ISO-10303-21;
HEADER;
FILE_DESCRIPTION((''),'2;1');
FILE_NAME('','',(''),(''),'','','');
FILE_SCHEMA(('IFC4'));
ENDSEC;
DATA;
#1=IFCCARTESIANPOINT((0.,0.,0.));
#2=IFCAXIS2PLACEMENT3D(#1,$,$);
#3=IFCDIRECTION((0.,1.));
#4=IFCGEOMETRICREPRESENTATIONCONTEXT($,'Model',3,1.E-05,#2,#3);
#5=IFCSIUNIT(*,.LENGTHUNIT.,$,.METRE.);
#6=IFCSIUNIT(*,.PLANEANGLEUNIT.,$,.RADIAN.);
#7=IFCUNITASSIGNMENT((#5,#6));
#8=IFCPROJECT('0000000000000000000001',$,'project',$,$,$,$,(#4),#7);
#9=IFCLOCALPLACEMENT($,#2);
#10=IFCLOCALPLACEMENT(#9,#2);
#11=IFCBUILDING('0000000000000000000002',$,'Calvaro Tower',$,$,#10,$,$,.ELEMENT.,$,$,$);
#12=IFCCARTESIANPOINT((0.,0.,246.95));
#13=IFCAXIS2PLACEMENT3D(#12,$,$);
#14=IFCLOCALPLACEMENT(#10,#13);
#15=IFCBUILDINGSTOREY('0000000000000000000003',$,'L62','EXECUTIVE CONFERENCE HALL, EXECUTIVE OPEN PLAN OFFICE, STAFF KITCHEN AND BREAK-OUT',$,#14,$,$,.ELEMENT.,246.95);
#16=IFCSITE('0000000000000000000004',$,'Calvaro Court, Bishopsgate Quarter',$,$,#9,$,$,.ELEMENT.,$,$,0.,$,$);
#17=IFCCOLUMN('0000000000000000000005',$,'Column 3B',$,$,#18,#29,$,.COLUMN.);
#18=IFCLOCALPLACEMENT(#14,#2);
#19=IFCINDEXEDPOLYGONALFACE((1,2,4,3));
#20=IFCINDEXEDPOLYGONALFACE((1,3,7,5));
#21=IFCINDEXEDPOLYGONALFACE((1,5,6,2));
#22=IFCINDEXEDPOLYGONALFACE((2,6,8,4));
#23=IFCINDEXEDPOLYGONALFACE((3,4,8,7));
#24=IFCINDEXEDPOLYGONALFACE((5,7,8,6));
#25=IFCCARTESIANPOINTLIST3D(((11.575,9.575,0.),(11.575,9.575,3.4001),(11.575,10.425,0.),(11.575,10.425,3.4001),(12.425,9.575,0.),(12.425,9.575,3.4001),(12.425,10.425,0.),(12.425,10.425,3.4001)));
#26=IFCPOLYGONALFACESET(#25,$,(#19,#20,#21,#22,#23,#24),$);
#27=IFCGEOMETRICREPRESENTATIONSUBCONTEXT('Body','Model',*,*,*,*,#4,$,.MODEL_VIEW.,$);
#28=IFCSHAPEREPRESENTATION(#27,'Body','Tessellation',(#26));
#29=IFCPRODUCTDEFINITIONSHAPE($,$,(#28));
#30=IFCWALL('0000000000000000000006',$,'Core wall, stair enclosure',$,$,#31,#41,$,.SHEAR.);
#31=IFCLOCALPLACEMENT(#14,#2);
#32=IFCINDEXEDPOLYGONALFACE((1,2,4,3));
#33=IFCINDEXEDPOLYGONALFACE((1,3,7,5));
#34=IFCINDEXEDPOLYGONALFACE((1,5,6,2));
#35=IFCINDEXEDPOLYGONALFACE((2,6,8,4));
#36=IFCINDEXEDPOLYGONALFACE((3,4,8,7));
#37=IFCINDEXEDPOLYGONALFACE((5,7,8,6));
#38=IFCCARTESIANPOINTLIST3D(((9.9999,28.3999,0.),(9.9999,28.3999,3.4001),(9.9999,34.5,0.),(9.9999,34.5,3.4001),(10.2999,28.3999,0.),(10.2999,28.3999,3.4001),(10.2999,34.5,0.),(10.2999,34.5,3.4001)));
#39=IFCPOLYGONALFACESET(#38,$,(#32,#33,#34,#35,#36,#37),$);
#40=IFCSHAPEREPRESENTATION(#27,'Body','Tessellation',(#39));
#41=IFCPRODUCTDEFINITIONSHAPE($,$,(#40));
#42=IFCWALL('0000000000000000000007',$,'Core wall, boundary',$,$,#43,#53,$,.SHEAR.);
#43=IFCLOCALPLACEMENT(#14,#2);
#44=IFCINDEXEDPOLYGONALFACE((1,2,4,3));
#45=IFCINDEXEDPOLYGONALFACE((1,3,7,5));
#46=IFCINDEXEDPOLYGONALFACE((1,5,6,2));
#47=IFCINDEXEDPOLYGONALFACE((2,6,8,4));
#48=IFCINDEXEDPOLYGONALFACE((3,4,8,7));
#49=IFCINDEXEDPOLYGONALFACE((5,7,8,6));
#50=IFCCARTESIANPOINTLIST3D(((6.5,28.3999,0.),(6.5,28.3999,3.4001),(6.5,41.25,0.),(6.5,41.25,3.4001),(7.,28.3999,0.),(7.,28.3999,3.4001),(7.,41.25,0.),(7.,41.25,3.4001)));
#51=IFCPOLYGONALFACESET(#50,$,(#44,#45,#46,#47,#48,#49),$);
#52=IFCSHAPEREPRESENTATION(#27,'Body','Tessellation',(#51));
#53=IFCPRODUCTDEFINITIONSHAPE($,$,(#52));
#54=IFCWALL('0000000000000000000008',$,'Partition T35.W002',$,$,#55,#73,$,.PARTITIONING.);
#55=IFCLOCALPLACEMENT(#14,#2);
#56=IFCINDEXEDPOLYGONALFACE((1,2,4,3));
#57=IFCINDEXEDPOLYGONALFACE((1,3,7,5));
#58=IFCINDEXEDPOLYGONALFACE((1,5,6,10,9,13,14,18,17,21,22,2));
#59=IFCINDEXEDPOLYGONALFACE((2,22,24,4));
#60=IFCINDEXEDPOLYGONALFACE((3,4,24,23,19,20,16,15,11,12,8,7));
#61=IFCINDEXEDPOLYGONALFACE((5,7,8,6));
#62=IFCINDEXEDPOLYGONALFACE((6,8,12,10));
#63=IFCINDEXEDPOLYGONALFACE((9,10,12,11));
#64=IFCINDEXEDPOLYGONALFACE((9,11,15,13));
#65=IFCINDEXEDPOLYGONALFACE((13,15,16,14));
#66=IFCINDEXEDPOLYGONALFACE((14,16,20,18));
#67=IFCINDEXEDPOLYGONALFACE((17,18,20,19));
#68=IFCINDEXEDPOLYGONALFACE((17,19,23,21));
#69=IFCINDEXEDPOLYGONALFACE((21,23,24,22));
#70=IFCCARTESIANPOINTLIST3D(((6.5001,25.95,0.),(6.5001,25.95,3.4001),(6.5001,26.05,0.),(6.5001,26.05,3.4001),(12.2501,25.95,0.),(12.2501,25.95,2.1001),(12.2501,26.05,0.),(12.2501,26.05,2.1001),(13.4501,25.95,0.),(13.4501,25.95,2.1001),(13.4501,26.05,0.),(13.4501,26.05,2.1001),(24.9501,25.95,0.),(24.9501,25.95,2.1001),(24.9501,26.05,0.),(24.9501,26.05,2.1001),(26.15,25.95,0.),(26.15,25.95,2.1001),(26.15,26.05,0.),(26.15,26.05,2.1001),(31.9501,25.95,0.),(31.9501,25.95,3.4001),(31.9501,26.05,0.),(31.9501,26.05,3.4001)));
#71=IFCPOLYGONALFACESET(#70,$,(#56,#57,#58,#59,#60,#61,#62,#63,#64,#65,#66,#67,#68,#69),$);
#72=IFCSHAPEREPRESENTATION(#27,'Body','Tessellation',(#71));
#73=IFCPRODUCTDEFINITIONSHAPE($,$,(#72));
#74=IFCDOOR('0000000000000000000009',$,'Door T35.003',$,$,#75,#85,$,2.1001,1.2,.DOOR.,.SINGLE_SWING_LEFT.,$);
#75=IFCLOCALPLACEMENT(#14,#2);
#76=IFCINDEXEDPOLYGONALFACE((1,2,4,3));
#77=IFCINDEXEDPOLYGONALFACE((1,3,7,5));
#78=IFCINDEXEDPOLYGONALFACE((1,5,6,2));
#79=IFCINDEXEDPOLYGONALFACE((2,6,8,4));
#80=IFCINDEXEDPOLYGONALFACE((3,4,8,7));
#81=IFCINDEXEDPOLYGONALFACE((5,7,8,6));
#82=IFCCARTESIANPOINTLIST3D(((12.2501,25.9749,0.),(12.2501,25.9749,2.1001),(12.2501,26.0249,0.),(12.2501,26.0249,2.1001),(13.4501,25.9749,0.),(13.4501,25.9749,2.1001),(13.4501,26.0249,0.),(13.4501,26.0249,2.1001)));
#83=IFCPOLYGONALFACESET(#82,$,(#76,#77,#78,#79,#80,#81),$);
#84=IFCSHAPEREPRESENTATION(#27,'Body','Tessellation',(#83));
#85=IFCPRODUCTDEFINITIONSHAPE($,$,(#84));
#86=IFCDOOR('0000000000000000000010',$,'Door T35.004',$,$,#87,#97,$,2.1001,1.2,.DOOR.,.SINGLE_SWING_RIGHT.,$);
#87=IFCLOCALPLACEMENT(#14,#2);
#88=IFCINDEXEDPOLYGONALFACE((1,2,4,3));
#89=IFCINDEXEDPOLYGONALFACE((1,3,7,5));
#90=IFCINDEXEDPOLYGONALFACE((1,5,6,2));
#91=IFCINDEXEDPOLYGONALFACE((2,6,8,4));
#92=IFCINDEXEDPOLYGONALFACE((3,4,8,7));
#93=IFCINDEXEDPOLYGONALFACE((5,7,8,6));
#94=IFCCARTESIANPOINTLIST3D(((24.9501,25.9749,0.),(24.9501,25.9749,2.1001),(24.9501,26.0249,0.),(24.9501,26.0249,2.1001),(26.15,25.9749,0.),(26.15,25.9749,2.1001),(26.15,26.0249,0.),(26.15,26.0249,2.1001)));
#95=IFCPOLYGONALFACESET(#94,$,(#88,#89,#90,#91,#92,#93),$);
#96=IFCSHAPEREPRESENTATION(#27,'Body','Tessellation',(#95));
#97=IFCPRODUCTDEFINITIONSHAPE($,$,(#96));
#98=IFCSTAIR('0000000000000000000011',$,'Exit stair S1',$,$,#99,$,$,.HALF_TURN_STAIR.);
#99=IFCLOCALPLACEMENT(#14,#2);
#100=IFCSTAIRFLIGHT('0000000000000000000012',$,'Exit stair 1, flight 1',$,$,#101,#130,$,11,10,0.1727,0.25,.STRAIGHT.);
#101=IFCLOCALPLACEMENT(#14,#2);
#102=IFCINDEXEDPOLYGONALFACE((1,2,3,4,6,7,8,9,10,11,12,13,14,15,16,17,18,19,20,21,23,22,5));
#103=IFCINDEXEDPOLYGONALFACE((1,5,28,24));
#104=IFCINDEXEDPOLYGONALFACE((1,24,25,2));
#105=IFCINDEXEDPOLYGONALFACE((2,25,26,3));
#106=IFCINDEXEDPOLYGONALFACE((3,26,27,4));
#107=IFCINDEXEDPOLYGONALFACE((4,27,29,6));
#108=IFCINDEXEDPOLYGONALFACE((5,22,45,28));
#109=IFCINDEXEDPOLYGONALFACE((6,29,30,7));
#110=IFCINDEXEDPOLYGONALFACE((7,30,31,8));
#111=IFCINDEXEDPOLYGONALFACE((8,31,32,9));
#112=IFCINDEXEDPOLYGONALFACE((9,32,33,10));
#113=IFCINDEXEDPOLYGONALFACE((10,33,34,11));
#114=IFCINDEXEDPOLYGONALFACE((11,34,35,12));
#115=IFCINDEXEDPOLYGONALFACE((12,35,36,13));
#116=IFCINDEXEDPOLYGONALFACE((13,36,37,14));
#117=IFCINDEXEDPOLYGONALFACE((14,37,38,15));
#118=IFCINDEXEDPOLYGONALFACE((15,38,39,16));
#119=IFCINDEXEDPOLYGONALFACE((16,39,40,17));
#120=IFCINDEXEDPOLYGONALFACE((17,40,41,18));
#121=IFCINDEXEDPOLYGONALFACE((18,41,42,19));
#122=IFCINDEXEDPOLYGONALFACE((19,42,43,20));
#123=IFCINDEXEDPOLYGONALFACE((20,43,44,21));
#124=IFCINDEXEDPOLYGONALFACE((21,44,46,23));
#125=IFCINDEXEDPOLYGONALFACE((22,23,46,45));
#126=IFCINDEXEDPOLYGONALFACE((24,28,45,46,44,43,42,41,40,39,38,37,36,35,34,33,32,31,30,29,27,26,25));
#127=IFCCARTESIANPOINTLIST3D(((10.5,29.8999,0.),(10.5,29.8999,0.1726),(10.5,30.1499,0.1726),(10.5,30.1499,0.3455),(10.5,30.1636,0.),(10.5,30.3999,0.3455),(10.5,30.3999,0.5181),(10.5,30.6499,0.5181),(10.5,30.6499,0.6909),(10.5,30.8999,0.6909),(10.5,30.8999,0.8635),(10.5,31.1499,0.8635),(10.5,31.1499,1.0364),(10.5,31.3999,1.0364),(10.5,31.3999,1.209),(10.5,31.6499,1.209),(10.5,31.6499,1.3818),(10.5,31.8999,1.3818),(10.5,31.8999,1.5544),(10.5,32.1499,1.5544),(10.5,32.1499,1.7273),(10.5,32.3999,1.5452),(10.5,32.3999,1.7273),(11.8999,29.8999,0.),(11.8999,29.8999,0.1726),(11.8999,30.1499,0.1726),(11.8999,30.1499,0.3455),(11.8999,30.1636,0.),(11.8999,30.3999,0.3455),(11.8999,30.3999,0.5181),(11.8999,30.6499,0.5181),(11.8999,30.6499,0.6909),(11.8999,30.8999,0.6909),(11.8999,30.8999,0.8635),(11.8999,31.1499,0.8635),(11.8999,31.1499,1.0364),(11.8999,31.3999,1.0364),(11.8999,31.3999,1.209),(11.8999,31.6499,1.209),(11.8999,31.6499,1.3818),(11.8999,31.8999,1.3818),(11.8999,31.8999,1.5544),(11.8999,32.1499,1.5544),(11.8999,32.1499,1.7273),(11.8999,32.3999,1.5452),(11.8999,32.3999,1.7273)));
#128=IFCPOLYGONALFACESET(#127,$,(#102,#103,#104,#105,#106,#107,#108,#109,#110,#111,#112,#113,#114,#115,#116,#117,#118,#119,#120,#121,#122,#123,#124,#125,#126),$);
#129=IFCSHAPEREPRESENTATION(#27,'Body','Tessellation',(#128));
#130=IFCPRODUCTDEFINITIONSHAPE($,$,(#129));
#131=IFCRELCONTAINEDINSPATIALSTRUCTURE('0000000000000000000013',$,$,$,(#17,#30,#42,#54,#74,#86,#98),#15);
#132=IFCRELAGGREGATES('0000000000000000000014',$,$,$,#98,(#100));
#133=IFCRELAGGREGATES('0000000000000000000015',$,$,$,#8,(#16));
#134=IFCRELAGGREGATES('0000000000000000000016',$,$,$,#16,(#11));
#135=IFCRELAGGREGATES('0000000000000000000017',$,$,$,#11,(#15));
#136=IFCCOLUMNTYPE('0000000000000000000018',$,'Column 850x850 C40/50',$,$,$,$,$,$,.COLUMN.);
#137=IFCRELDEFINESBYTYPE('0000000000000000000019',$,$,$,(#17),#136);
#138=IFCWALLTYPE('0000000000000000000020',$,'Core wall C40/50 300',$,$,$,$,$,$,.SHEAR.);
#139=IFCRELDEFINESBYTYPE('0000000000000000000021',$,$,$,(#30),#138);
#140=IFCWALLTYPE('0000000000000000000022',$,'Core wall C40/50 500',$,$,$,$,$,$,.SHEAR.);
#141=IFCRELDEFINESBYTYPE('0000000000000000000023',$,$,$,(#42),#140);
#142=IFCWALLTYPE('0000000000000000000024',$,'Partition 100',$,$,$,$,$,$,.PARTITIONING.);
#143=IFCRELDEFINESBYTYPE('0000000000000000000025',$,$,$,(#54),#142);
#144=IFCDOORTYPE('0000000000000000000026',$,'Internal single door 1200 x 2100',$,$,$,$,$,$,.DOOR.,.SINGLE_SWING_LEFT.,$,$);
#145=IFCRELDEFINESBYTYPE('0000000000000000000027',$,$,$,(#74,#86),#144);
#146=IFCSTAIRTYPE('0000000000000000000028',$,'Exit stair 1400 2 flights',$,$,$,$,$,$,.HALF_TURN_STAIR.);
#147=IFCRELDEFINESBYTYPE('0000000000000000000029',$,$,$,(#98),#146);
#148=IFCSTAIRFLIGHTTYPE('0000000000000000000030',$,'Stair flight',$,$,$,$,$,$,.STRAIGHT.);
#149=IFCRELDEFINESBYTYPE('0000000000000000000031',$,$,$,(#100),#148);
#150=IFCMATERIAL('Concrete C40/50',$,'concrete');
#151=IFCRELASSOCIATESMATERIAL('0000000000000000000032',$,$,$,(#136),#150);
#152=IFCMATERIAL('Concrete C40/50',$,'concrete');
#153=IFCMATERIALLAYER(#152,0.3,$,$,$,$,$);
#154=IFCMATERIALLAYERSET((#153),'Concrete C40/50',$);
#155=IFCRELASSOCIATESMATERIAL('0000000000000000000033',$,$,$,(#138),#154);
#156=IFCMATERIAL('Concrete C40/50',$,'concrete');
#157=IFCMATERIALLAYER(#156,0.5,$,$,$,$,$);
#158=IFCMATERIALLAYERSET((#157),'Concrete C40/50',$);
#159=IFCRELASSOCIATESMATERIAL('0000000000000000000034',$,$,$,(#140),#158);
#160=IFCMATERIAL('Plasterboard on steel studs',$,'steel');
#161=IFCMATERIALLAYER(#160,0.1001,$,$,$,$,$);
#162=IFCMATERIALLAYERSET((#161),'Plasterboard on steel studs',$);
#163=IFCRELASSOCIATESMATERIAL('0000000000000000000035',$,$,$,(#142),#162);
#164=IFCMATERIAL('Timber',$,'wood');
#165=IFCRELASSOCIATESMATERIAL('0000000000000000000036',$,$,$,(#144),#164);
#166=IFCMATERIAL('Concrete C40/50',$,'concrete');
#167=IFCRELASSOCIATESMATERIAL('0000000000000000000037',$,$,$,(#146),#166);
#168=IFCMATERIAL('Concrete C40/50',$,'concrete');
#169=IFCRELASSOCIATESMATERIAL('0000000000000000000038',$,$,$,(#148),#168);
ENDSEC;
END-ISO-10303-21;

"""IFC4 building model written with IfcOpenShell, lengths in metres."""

from ifc_helpers import new_model, si_unit, direction, frame, frame_2d, origin, origin_2d, place, context, subcontext, project, spatial, polyline, rectangle, outline, extrude, material, layer, layer_set, material_profile, profile_set, type_object, element, fill, aggregate, save


model = new_model("IFC4")

# Units and contexts
model_context = context("Model", 3, precision=1e-05, world=origin(), true_north=direction((0.0, 1.0)))
body_context = subcontext(model_context, "Body", "Model", "MODEL_VIEW")
ifc_project = project(units=[si_unit("LENGTHUNIT", "METRE"), si_unit("PLANEANGLEUNIT", "RADIAN")], contexts=[model_context])

# Site, building, storey
site_placement = place(None, origin())
site = spatial("IfcSite", under=ifc_project, at=site_placement, Name="Calvaro Court, Bishopsgate Quarter", CompositionType="ELEMENT", RefElevation=0.0)
building_placement = place(site_placement, origin())
building = spatial("IfcBuilding", under=site, at=building_placement, Name="Calvaro Tower", CompositionType="ELEMENT")
storey_placement = place(building_placement, frame((0.0, 0.0, 246.95)))
storey = spatial("IfcBuildingStorey", under=building, at=storey_placement, Name="L62", Description="EXECUTIVE CONFERENCE HALL, EXECUTIVE OPEN PLAN OFFICE, STAFF KITCHEN AND BREAK-OUT", CompositionType="ELEMENT", Elevation=246.95)

# Column
ifc_material_1 = material(Name="Concrete C40/50", Category="concrete")
ifc_material_profile = material_profile(ifc_material_1, rectangle(XDim=0.8501, YDim=0.8501, at=origin_2d()), Name="RC 850x850")
ifc_profile_set = profile_set([ifc_material_profile], Name="Concrete C40/50")
column_type = type_object("IfcColumnType", Name="Column 850x850 C40/50", PredefinedType="COLUMN", material=ifc_profile_set)
column_placement = place(storey_placement, frame((12.0, 10.0, 0.0), z_axis=(0.0, 0.0, 1.0), x_axis=(1.0, 0.0, 0.0)))
element("IfcColumn", 1, at=column_placement, inside=storey, type_object=column_type, Name="Column 3B", PredefinedType="COLUMN", context=body_context, shape_type="SweptSolid", body=[
    extrude(rectangle(XDim=0.8501, YDim=0.8501, at=origin_2d()), origin(), (0.0, 0.0, 1.0), 3.4001),
])

# Wall
ifc_material_2 = material(Name="Concrete C40/50", Category="concrete")
ifc_layer_1 = layer(ifc_material_2, 0.3)
ifc_layer_set_1 = layer_set([ifc_layer_1], Name="Concrete C40/50")
wall_type_1 = type_object("IfcWallType", Name="Core wall C40/50 300", PredefinedType="SHEAR", material=ifc_layer_set_1)
wall_1_placement = place(storey_placement, frame((10.1499, 28.3999, 0.0), z_axis=(0.0, 0.0, 1.0), x_axis=(0.0, 1.0, 0.0)))
element("IfcWall", 2, at=wall_1_placement, inside=storey, type_object=wall_type_1, Name="Core wall, stair enclosure", PredefinedType="SHEAR", context=body_context, shape_type="SweptSolid", body=[
    extrude(rectangle(XDim=6.1001, YDim=0.3, at=frame_2d((3.05, 0.0))), origin(), (0.0, 0.0, 1.0), 3.4001),
])

# Wall
ifc_material_3 = material(Name="Concrete C40/50", Category="concrete")
ifc_layer_2 = layer(ifc_material_3, 0.5)
ifc_layer_set_2 = layer_set([ifc_layer_2], Name="Concrete C40/50")
wall_type_2 = type_object("IfcWallType", Name="Core wall C40/50 500", PredefinedType="SHEAR", material=ifc_layer_set_2)
wall_2_placement = place(storey_placement, frame((6.75, 28.3999, 0.0), z_axis=(0.0, 0.0, 1.0), x_axis=(0.0, 1.0, 0.0)))
element("IfcWall", 3, at=wall_2_placement, inside=storey, type_object=wall_type_2, Name="Core wall, boundary", PredefinedType="SHEAR", context=body_context, shape_type="SweptSolid", body=[
    extrude(rectangle(XDim=12.8501, YDim=0.5, at=frame_2d((6.425, 0.0))), origin(), (0.0, 0.0, 1.0), 3.4001),
])

# Wall, openings, doors
ifc_material_4 = material(Name="Plasterboard on steel studs", Category="steel")
ifc_layer_3 = layer(ifc_material_4, 0.1001)
ifc_layer_set_3 = layer_set([ifc_layer_3], Name="Plasterboard on steel studs")
wall_type_3 = type_object("IfcWallType", Name="Partition 100", PredefinedType="PARTITIONING", material=ifc_layer_set_3)
wall_3_placement = place(storey_placement, frame((6.5, 26.0, 0.0), z_axis=(0.0, 0.0, 1.0), x_axis=(1.0, 0.0, 0.0)))
wall_3 = element("IfcWall", 4, at=wall_3_placement, inside=storey, type_object=wall_type_3, Name="Partition T35.W002", PredefinedType="PARTITIONING", context=body_context, shape_type="SweptSolid", body=[
    extrude(rectangle(XDim=25.45, YDim=0.1001, at=frame_2d((12.7251, 0.0))), origin(), (0.0, 0.0, 1.0), 3.4001),
])
opening_1_placement = place(wall_3_placement, frame((5.75, 0.0, 0.0)))
opening_1 = element("IfcOpeningElement", 5, at=opening_1_placement, cuts=wall_3, PredefinedType="OPENING", context=body_context, shape_type="SweptSolid", body=[
    extrude(rectangle(XDim=1.2, YDim=2.1001, at=frame_2d((0.6001, 1.05))), frame((0.0, 0.0601, 0.0), z_axis=(0.0, -1.0, 0.0), x_axis=(1.0, 0.0, 0.0)), (0.0, 0.0, 1.0), 0.1201),
])
opening_2_placement = place(wall_3_placement, frame((18.45, 0.0, 0.0)))
opening_2 = element("IfcOpeningElement", 6, at=opening_2_placement, cuts=wall_3, PredefinedType="OPENING", context=body_context, shape_type="SweptSolid", body=[
    extrude(rectangle(XDim=1.2, YDim=2.1001, at=frame_2d((0.6001, 1.05))), frame((0.0, 0.0601, 0.0), z_axis=(0.0, -1.0, 0.0), x_axis=(1.0, 0.0, 0.0)), (0.0, 0.0, 1.0), 0.1201),
])
ifc_material_5 = material(Name="Timber", Category="wood")
door_type_1 = type_object("IfcDoorType", Name="Internal single door 1200 x 2100", OperationType="SINGLE_SWING_LEFT", PredefinedType="DOOR", material=ifc_material_5)
door_1_placement = place(opening_1_placement, origin())
door_1 = element("IfcDoor", 7, at=door_1_placement, inside=storey, type_object=door_type_1, Name="Door T35.003", OperationType="SINGLE_SWING_LEFT", OverallHeight=2.1001, OverallWidth=1.2, PredefinedType="DOOR", context=body_context, shape_type="SweptSolid", body=[
    extrude(rectangle(XDim=1.2, YDim=2.1001, at=frame_2d((0.6001, 1.05))), frame((0.0, 0.0249, 0.0), z_axis=(0.0, -1.0, 0.0), x_axis=(1.0, 0.0, 0.0)), (0.0, 0.0, 1.0), 0.05),
])
fill(opening_1, door_1)
door_2_placement = place(opening_2_placement, origin())
door_2 = element("IfcDoor", 8, at=door_2_placement, inside=storey, type_object=door_type_1, Name="Door T35.004", OperationType="SINGLE_SWING_RIGHT", OverallHeight=2.1001, OverallWidth=1.2, PredefinedType="DOOR", context=body_context, shape_type="SweptSolid", body=[
    extrude(rectangle(XDim=1.2, YDim=2.1001, at=frame_2d((0.6001, 1.05))), frame((0.0, 0.0249, 0.0), z_axis=(0.0, -1.0, 0.0), x_axis=(1.0, 0.0, 0.0)), (0.0, 0.0, 1.0), 0.05),
])
fill(opening_2, door_2)

# Stair, stair flight
ifc_material_6 = material(Name="Concrete C40/50", Category="concrete")
stair_type = type_object("IfcStairType", Name="Exit stair 1400 2 flights", PredefinedType="HALF_TURN_STAIR", material=ifc_material_6)
stair_placement = place(storey_placement, origin())
stair = element("IfcStair", 9, at=stair_placement, inside=storey, type_object=stair_type, Name="Exit stair S1", PredefinedType="HALF_TURN_STAIR")
ifc_material_7 = material(Name="Concrete C40/50", Category="concrete")
stair_flight_type = type_object("IfcStairFlightType", Name="Stair flight", PredefinedType="STRAIGHT", material=ifc_material_7)
stair_flight_placement = place(storey_placement, frame((11.2, 29.8999, 0.0), z_axis=(0.0, 0.0, 1.0), x_axis=(0.0, 1.0, 0.0)))
stair_flight = element("IfcStairFlight", 10, at=stair_flight_placement, type_object=stair_flight_type, Name="Exit stair 1, flight 1", NumberOfRisers=11, NumberOfTreads=10, PredefinedType="STRAIGHT", RiserHeight=0.1727, TreadLength=0.25, context=body_context, shape_type="SweptSolid", body=[
    extrude(outline(polyline([(0.0, 0.0), (0.0, 0.1726), (0.25, 0.1726), (0.25, 0.3455), (0.5, 0.3455), (0.5, 0.5181), (0.75, 0.5181), (0.75, 0.6909), (1.0, 0.6909), (1.0, 0.8635), (1.25, 0.8635), (1.25, 1.0364), (1.5, 1.0364), (1.5, 1.209), (1.75, 1.209), (1.75, 1.3818), (2.0, 1.3818), (2.0, 1.5544), (2.25, 1.5544), (2.25, 1.7273), (2.5, 1.7273), (2.5, 1.8999), (2.5, 1.5452), (0.2637, 0.0), (0.0, 0.0)])), frame((0.0, 0.7, 0.0), z_axis=(0.0, -1.0, 0.0), x_axis=(1.0, 0.0, 0.0)), (0.0, 0.0, 1.0), 1.3999),
])
aggregate(stair, [stair_flight])

save(model, "model.ifc")
